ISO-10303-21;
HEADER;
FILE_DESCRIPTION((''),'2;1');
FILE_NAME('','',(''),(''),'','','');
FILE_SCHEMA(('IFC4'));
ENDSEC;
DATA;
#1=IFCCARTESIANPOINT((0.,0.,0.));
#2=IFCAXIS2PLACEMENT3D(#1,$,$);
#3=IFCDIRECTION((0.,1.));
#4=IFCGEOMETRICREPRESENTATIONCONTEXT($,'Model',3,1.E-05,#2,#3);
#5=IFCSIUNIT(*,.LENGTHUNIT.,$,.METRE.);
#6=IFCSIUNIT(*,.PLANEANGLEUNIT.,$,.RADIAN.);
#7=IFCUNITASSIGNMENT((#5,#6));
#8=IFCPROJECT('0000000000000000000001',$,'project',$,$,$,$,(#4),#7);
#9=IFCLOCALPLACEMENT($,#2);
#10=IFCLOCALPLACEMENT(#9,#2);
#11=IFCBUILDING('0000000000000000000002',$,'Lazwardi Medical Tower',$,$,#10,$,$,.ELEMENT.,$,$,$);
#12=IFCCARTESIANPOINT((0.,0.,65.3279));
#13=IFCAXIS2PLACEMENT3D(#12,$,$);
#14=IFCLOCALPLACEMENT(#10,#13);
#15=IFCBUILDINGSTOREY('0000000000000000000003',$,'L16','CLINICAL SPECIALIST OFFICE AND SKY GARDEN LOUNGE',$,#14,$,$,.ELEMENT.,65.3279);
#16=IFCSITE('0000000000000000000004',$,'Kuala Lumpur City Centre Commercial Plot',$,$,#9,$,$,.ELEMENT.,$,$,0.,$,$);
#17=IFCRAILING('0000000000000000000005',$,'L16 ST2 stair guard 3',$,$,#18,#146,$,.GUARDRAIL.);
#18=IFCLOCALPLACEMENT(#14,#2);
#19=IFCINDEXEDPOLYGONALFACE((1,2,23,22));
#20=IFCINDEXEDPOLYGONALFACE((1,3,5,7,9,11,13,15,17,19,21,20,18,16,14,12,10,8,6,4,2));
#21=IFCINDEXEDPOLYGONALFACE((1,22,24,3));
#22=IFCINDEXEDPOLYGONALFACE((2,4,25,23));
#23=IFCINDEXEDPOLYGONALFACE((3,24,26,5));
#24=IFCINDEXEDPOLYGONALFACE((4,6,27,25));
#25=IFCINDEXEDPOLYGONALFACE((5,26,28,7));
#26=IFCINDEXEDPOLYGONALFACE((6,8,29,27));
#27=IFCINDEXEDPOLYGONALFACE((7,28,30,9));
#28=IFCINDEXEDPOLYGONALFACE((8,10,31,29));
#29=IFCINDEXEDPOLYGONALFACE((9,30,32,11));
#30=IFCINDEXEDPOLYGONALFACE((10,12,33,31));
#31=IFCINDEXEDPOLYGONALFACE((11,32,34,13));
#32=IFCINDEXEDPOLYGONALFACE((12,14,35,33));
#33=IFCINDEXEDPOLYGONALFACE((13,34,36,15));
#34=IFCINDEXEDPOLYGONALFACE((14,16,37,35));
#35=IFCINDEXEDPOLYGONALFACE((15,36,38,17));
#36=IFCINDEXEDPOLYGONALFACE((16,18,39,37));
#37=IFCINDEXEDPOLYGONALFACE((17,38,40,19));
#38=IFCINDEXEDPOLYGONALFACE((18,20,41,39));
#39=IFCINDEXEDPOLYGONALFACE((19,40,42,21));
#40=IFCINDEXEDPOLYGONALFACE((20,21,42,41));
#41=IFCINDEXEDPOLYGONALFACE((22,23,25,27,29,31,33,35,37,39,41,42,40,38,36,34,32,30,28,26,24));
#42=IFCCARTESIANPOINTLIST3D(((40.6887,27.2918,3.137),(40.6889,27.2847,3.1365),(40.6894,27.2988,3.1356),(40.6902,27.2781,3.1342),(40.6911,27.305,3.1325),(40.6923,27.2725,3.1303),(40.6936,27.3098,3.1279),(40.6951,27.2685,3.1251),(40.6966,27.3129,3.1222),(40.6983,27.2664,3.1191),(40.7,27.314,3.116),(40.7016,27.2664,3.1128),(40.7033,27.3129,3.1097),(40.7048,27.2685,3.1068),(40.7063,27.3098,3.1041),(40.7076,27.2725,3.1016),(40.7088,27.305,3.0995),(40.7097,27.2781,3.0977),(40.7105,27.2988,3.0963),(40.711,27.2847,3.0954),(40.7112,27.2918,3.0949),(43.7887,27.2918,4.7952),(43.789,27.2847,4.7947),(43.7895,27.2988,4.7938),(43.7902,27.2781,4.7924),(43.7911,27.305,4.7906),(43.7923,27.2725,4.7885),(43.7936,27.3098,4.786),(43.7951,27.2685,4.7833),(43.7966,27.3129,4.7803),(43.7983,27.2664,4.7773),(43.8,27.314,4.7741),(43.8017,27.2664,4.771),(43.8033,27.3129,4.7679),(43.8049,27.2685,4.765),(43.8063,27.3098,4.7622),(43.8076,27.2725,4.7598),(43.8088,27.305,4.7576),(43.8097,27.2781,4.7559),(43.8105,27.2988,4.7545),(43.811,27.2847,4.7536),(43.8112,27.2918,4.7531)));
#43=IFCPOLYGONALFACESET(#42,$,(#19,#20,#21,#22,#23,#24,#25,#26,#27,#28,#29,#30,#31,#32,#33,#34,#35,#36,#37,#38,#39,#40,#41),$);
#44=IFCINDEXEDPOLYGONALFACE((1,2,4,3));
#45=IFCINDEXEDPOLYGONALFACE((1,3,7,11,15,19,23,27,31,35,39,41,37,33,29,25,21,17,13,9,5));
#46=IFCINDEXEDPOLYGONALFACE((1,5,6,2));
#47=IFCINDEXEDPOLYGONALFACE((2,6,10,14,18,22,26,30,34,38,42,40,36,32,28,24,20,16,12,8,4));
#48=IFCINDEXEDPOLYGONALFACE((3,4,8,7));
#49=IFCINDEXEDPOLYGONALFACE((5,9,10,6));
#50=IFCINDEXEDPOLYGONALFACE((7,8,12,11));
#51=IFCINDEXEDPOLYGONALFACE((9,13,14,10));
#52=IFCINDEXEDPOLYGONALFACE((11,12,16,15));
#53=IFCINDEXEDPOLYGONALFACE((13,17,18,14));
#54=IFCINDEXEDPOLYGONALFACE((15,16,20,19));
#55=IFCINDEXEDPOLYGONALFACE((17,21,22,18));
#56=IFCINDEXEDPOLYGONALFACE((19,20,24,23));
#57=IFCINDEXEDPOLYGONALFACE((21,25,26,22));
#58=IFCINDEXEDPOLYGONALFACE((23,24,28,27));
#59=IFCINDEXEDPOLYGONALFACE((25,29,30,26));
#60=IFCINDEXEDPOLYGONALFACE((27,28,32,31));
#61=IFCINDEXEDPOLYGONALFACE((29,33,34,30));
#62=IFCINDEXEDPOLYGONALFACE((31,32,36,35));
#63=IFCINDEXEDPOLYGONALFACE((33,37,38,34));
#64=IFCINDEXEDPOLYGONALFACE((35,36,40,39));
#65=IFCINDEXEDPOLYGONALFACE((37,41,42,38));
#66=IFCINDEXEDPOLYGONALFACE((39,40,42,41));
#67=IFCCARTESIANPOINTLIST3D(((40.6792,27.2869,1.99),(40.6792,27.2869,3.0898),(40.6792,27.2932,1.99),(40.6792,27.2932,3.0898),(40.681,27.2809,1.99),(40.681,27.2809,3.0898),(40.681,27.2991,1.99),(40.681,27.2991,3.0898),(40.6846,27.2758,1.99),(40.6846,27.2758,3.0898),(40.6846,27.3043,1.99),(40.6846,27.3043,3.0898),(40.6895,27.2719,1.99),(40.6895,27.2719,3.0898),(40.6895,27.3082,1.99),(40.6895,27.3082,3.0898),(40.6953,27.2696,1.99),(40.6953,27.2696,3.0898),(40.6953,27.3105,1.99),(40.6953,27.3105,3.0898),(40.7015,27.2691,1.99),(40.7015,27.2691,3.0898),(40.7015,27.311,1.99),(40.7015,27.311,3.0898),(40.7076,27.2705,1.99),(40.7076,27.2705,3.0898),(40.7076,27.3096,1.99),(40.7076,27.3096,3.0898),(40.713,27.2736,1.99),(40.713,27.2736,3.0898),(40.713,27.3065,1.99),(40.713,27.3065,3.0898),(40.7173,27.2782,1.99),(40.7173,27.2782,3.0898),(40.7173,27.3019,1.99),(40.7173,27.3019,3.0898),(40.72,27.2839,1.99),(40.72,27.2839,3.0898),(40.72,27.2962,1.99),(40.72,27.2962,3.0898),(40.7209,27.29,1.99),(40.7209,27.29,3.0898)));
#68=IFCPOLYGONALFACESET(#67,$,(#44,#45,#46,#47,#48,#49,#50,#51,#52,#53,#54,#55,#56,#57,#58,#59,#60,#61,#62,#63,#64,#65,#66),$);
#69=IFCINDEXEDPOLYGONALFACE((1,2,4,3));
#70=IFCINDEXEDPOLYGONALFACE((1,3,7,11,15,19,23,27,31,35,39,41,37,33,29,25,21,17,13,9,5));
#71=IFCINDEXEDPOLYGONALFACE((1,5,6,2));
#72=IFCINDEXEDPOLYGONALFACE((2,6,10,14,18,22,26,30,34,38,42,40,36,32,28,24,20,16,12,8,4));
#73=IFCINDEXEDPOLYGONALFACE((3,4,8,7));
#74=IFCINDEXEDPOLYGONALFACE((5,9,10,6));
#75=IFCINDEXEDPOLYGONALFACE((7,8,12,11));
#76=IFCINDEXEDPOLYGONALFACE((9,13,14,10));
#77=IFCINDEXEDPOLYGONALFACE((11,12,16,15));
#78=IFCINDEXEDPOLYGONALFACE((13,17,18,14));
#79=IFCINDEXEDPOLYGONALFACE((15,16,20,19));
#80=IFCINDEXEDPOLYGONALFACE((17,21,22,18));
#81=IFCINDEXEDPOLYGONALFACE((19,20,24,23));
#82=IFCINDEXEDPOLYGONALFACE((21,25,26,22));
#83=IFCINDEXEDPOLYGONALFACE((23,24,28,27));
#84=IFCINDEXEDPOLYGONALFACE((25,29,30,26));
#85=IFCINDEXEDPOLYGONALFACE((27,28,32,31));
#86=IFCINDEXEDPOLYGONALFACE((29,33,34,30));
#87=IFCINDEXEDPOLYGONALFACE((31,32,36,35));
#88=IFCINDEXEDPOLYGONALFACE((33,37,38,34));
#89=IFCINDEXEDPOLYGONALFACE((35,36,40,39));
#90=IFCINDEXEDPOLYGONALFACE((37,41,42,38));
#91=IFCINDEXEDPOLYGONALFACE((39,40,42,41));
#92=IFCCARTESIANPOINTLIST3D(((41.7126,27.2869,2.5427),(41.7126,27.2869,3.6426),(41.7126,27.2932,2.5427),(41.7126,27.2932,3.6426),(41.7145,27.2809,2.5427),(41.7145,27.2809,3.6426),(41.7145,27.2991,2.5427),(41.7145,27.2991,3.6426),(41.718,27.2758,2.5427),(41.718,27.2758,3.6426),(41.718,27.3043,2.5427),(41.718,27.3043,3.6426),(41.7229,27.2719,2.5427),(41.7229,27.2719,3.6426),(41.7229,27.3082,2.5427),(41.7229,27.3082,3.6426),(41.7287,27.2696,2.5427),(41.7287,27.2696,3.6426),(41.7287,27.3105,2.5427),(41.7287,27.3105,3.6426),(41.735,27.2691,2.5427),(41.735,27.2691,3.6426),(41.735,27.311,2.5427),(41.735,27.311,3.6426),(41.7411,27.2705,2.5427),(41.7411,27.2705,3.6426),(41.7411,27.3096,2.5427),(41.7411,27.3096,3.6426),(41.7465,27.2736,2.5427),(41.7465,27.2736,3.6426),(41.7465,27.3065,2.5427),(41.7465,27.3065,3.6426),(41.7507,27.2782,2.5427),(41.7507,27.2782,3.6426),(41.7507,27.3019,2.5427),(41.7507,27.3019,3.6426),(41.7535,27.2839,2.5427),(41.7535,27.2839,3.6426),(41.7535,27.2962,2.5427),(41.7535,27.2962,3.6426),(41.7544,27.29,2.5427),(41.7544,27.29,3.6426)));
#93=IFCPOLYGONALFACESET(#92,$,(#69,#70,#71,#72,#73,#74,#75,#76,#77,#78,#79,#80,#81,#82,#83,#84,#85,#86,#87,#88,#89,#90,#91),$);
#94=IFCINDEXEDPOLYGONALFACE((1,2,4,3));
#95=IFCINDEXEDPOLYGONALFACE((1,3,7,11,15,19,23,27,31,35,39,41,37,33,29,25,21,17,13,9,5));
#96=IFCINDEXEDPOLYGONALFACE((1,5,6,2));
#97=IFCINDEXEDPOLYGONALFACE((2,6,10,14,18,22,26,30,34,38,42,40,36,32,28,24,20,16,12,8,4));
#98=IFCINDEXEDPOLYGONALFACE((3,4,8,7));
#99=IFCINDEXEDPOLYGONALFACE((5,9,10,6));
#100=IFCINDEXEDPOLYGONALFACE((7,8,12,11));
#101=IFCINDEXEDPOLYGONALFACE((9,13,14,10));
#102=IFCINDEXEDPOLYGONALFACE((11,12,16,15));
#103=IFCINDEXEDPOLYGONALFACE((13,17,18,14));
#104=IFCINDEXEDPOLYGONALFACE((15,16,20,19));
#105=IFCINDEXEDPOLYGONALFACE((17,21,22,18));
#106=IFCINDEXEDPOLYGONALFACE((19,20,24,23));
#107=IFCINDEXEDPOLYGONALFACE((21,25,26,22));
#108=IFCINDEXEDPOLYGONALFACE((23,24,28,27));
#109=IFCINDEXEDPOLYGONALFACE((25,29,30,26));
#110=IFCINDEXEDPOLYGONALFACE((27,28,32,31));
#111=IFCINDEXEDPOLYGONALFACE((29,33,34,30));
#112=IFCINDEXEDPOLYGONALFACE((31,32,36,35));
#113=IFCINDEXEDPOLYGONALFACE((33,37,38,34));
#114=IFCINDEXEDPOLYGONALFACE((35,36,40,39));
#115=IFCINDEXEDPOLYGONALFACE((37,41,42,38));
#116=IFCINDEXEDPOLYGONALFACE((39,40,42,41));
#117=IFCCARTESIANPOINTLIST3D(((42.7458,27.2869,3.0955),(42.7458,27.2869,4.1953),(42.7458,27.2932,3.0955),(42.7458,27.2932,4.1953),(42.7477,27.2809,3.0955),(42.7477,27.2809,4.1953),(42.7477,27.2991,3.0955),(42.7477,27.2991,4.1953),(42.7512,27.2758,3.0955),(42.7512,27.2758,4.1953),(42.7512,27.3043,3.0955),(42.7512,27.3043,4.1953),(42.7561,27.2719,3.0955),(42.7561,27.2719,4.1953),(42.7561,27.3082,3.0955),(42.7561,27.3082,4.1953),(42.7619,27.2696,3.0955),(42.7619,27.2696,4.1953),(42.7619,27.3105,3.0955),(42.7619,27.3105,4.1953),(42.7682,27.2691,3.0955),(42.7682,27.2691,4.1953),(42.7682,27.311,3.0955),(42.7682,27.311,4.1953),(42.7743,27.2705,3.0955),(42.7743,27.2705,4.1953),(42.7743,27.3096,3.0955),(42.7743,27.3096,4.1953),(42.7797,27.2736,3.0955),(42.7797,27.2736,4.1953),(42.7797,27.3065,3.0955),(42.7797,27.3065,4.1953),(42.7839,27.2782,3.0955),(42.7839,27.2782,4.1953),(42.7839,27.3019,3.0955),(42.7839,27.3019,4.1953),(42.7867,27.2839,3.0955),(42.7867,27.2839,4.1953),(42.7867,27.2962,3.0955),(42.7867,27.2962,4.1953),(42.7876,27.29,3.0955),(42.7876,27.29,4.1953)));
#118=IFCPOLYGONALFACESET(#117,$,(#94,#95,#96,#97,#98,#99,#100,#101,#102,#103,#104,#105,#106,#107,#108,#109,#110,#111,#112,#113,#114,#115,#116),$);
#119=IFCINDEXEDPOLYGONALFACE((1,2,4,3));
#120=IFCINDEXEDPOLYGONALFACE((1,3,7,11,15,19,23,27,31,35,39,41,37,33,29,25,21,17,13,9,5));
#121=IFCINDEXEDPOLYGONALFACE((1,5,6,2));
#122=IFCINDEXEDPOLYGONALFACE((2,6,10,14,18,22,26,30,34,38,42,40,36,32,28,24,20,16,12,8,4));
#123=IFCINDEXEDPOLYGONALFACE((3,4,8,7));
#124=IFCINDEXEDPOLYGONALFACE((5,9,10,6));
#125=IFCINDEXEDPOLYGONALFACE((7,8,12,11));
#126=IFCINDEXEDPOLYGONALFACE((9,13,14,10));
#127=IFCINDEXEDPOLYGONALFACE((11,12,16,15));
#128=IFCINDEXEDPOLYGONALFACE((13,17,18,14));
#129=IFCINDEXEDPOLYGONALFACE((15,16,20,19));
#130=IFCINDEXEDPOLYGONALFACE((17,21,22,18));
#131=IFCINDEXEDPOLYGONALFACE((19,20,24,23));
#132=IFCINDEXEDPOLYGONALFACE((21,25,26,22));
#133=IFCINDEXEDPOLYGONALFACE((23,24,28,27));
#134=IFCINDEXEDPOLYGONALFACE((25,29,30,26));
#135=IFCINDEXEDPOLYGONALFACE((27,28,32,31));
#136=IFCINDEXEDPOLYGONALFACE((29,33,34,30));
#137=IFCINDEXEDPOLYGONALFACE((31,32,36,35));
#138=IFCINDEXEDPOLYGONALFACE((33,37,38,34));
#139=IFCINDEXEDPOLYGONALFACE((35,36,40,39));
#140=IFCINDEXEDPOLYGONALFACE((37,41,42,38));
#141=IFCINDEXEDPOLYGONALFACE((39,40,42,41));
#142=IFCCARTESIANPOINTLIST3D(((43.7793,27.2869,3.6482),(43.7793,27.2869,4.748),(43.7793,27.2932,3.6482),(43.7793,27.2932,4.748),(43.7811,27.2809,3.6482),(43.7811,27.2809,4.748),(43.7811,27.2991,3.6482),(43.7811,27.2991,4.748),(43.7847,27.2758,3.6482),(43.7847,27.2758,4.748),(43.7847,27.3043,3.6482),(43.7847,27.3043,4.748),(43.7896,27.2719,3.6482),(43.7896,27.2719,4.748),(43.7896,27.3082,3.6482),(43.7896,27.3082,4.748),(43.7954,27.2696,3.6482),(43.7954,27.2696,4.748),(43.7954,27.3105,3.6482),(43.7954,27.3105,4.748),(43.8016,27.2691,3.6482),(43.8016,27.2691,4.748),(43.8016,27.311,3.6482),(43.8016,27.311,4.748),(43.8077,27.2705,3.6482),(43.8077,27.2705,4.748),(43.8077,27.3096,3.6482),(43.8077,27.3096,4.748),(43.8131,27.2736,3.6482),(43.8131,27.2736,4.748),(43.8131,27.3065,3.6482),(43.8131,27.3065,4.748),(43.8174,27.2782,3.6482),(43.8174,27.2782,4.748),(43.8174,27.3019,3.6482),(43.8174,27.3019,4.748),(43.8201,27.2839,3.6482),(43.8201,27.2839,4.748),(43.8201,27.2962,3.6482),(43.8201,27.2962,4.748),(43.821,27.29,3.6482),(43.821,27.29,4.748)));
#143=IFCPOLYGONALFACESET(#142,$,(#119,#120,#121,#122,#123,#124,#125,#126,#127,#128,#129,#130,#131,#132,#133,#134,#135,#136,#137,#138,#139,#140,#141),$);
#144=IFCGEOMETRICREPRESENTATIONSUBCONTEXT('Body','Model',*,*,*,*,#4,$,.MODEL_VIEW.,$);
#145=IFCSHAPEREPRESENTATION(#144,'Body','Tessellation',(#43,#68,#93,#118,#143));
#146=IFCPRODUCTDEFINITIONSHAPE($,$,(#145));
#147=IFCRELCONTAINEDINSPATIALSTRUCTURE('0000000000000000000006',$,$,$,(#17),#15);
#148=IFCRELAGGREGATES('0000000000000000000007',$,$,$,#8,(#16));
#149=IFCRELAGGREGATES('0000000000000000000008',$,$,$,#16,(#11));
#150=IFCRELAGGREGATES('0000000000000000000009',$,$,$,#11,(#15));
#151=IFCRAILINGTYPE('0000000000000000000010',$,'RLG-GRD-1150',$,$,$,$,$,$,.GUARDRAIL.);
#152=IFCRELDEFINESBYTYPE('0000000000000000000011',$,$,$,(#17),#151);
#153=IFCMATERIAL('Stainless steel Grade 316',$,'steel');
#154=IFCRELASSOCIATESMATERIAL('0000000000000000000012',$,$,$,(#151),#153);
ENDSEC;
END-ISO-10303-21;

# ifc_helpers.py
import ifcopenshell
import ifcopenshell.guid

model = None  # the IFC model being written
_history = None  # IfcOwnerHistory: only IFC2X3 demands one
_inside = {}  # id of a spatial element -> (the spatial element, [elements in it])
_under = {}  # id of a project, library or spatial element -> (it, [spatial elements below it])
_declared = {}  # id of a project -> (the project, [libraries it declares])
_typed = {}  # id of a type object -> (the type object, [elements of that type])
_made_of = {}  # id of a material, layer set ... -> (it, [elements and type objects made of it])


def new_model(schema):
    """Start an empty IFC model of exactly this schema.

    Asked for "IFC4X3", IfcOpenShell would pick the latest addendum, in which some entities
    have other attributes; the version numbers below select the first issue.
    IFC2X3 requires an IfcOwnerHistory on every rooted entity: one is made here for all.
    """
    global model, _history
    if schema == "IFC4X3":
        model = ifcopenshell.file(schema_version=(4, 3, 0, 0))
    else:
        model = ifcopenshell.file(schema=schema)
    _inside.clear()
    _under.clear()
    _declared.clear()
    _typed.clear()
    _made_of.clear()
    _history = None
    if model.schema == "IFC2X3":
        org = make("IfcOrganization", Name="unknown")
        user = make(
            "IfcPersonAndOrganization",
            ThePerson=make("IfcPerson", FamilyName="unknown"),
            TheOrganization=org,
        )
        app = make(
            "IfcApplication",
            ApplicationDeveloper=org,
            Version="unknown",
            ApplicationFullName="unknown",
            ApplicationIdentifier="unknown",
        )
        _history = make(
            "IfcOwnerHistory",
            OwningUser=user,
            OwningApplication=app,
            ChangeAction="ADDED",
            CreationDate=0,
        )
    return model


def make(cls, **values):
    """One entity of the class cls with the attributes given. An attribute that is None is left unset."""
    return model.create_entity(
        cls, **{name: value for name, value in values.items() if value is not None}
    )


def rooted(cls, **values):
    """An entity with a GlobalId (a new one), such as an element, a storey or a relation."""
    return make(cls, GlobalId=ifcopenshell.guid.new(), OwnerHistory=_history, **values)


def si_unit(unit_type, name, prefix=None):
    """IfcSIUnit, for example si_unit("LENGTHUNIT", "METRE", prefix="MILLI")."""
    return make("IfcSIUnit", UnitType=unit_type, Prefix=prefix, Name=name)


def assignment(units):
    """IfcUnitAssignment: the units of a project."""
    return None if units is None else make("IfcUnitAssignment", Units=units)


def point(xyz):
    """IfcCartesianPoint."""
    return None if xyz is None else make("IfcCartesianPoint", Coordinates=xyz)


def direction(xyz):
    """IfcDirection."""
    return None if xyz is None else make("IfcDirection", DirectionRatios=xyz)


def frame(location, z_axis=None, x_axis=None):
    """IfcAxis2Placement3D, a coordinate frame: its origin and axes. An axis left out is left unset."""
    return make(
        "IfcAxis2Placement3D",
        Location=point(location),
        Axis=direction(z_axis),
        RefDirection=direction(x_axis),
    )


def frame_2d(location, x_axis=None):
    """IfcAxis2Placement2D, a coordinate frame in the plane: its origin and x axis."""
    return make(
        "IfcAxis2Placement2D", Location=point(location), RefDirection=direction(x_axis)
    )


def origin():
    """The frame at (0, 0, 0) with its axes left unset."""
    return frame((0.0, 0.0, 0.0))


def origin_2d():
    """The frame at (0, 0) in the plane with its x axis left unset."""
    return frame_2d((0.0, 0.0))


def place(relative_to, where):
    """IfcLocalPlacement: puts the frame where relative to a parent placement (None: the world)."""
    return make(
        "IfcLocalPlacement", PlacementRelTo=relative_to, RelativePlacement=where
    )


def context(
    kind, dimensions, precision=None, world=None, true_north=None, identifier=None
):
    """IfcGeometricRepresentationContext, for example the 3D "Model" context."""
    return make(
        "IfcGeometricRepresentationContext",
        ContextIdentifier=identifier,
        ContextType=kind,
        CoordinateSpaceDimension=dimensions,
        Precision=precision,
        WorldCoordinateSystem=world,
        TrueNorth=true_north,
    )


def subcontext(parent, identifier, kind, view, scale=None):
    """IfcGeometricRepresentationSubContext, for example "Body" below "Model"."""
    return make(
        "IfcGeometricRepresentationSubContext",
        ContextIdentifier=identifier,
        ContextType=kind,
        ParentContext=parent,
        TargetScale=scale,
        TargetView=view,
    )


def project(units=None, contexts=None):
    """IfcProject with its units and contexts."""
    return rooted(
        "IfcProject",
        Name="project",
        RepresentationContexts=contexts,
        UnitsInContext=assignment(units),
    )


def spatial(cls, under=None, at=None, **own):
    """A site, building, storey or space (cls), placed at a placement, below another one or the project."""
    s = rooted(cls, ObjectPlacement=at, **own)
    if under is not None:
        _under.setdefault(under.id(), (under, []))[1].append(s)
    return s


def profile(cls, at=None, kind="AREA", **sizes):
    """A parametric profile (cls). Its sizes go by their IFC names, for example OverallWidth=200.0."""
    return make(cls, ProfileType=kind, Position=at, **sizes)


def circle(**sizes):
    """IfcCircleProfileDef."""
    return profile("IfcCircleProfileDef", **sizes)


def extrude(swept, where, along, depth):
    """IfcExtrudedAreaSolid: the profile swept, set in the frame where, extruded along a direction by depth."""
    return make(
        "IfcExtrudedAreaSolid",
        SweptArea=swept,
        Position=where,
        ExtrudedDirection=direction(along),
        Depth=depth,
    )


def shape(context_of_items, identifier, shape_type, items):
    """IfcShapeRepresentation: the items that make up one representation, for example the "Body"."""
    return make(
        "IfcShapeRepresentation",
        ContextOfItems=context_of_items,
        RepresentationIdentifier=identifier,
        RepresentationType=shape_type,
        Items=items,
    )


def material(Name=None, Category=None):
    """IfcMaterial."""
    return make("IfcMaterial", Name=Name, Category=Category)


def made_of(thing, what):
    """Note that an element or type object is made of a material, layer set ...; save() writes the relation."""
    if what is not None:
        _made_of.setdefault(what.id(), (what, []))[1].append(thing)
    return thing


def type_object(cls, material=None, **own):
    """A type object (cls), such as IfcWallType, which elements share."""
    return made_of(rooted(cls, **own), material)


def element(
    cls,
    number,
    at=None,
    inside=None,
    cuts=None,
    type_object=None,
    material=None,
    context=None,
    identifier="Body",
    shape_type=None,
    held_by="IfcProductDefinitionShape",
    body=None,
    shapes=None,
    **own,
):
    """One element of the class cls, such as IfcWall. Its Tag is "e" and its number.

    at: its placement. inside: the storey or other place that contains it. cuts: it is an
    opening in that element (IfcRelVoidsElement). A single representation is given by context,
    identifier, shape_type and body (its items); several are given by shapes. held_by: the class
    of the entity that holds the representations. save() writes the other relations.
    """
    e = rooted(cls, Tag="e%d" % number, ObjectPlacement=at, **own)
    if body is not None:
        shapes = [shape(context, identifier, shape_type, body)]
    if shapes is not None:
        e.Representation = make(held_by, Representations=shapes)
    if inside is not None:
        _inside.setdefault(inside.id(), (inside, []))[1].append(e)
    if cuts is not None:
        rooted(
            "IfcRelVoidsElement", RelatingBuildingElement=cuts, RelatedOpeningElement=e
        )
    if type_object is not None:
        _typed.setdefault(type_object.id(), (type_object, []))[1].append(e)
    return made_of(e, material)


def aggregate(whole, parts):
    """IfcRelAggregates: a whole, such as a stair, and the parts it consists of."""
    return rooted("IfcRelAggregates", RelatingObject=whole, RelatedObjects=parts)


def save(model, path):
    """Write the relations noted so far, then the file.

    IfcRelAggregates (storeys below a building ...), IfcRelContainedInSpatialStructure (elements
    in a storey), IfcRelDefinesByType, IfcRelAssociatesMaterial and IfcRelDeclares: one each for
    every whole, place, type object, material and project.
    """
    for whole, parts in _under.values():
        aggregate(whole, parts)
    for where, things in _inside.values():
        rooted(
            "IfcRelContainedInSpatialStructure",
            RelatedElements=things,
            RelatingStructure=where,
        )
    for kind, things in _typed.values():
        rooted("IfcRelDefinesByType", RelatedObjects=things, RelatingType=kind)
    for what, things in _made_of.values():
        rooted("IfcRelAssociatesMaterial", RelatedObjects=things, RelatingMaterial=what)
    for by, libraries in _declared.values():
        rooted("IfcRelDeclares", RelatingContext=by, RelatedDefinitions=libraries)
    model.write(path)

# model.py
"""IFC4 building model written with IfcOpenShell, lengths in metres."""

from ifc_helpers import new_model, si_unit, direction, frame, origin, origin_2d, place, context, subcontext, project, spatial, circle, extrude, material, type_object, element, save


model = new_model("IFC4")

# Units and contexts
model_context = context("Model", 3, precision=1e-05, world=origin(), true_north=direction((0.0, 1.0)))
body_context = subcontext(model_context, "Body", "Model", "MODEL_VIEW")
ifc_project = project(units=[si_unit("LENGTHUNIT", "METRE"), si_unit("PLANEANGLEUNIT", "RADIAN")], contexts=[model_context])

# Site, building, storey
site_placement = place(None, origin())
site = spatial("IfcSite", under=ifc_project, at=site_placement, Name="Kuala Lumpur City Centre Commercial Plot", CompositionType="ELEMENT", RefElevation=0.0)
building_placement = place(site_placement, origin())
building = spatial("IfcBuilding", under=site, at=building_placement, Name="Lazwardi Medical Tower", CompositionType="ELEMENT")
storey_placement = place(building_placement, frame((0.0, 0.0, 65.3279)))
storey = spatial("IfcBuildingStorey", under=building, at=storey_placement, Name="L16", Description="CLINICAL SPECIALIST OFFICE AND SKY GARDEN LOUNGE", CompositionType="ELEMENT", Elevation=65.3279)

# Railing
ifc_material_1 = material(Name="Stainless steel Grade 316", Category="steel")
railing_type_1 = type_object("IfcRailingType", Name="RLG-GRD-1150", PredefinedType="GUARDRAIL", material=ifc_material_1)
railing_1_placement = place(storey_placement, frame((40.7, 27.29, 1.99)))
element("IfcRailing", 1, at=railing_1_placement, inside=storey, type_object=railing_type_1, Name="L16 ST2 stair guard 3", PredefinedType="GUARDRAIL", context=body_context, shape_type="SweptSolid", body=[
    extrude(circle(Radius=0.0239, at=origin_2d()), frame((0.0, 0.0, 1.126), z_axis=(0.881783, 0.0, 0.471655), x_axis=(0.0, 1.0, 0.0)), (0.0, 0.0, 1.0), 3.5156),
    extrude(circle(Radius=0.021, at=origin_2d()), origin(), (0.0, 0.0, 1.0), 1.0999),
    extrude(circle(Radius=0.021, at=origin_2d()), frame((1.0334, 0.0, 0.5527)), (0.0, 0.0, 1.0), 1.0999),
    extrude(circle(Radius=0.021, at=origin_2d()), frame((2.0667, 0.0, 1.1055)), (0.0, 0.0, 1.0), 1.0999),
    extrude(circle(Radius=0.021, at=origin_2d()), frame((3.1001, 0.0, 1.6582)), (0.0, 0.0, 1.0), 1.0999),
])

save(model, "model.ifc")
